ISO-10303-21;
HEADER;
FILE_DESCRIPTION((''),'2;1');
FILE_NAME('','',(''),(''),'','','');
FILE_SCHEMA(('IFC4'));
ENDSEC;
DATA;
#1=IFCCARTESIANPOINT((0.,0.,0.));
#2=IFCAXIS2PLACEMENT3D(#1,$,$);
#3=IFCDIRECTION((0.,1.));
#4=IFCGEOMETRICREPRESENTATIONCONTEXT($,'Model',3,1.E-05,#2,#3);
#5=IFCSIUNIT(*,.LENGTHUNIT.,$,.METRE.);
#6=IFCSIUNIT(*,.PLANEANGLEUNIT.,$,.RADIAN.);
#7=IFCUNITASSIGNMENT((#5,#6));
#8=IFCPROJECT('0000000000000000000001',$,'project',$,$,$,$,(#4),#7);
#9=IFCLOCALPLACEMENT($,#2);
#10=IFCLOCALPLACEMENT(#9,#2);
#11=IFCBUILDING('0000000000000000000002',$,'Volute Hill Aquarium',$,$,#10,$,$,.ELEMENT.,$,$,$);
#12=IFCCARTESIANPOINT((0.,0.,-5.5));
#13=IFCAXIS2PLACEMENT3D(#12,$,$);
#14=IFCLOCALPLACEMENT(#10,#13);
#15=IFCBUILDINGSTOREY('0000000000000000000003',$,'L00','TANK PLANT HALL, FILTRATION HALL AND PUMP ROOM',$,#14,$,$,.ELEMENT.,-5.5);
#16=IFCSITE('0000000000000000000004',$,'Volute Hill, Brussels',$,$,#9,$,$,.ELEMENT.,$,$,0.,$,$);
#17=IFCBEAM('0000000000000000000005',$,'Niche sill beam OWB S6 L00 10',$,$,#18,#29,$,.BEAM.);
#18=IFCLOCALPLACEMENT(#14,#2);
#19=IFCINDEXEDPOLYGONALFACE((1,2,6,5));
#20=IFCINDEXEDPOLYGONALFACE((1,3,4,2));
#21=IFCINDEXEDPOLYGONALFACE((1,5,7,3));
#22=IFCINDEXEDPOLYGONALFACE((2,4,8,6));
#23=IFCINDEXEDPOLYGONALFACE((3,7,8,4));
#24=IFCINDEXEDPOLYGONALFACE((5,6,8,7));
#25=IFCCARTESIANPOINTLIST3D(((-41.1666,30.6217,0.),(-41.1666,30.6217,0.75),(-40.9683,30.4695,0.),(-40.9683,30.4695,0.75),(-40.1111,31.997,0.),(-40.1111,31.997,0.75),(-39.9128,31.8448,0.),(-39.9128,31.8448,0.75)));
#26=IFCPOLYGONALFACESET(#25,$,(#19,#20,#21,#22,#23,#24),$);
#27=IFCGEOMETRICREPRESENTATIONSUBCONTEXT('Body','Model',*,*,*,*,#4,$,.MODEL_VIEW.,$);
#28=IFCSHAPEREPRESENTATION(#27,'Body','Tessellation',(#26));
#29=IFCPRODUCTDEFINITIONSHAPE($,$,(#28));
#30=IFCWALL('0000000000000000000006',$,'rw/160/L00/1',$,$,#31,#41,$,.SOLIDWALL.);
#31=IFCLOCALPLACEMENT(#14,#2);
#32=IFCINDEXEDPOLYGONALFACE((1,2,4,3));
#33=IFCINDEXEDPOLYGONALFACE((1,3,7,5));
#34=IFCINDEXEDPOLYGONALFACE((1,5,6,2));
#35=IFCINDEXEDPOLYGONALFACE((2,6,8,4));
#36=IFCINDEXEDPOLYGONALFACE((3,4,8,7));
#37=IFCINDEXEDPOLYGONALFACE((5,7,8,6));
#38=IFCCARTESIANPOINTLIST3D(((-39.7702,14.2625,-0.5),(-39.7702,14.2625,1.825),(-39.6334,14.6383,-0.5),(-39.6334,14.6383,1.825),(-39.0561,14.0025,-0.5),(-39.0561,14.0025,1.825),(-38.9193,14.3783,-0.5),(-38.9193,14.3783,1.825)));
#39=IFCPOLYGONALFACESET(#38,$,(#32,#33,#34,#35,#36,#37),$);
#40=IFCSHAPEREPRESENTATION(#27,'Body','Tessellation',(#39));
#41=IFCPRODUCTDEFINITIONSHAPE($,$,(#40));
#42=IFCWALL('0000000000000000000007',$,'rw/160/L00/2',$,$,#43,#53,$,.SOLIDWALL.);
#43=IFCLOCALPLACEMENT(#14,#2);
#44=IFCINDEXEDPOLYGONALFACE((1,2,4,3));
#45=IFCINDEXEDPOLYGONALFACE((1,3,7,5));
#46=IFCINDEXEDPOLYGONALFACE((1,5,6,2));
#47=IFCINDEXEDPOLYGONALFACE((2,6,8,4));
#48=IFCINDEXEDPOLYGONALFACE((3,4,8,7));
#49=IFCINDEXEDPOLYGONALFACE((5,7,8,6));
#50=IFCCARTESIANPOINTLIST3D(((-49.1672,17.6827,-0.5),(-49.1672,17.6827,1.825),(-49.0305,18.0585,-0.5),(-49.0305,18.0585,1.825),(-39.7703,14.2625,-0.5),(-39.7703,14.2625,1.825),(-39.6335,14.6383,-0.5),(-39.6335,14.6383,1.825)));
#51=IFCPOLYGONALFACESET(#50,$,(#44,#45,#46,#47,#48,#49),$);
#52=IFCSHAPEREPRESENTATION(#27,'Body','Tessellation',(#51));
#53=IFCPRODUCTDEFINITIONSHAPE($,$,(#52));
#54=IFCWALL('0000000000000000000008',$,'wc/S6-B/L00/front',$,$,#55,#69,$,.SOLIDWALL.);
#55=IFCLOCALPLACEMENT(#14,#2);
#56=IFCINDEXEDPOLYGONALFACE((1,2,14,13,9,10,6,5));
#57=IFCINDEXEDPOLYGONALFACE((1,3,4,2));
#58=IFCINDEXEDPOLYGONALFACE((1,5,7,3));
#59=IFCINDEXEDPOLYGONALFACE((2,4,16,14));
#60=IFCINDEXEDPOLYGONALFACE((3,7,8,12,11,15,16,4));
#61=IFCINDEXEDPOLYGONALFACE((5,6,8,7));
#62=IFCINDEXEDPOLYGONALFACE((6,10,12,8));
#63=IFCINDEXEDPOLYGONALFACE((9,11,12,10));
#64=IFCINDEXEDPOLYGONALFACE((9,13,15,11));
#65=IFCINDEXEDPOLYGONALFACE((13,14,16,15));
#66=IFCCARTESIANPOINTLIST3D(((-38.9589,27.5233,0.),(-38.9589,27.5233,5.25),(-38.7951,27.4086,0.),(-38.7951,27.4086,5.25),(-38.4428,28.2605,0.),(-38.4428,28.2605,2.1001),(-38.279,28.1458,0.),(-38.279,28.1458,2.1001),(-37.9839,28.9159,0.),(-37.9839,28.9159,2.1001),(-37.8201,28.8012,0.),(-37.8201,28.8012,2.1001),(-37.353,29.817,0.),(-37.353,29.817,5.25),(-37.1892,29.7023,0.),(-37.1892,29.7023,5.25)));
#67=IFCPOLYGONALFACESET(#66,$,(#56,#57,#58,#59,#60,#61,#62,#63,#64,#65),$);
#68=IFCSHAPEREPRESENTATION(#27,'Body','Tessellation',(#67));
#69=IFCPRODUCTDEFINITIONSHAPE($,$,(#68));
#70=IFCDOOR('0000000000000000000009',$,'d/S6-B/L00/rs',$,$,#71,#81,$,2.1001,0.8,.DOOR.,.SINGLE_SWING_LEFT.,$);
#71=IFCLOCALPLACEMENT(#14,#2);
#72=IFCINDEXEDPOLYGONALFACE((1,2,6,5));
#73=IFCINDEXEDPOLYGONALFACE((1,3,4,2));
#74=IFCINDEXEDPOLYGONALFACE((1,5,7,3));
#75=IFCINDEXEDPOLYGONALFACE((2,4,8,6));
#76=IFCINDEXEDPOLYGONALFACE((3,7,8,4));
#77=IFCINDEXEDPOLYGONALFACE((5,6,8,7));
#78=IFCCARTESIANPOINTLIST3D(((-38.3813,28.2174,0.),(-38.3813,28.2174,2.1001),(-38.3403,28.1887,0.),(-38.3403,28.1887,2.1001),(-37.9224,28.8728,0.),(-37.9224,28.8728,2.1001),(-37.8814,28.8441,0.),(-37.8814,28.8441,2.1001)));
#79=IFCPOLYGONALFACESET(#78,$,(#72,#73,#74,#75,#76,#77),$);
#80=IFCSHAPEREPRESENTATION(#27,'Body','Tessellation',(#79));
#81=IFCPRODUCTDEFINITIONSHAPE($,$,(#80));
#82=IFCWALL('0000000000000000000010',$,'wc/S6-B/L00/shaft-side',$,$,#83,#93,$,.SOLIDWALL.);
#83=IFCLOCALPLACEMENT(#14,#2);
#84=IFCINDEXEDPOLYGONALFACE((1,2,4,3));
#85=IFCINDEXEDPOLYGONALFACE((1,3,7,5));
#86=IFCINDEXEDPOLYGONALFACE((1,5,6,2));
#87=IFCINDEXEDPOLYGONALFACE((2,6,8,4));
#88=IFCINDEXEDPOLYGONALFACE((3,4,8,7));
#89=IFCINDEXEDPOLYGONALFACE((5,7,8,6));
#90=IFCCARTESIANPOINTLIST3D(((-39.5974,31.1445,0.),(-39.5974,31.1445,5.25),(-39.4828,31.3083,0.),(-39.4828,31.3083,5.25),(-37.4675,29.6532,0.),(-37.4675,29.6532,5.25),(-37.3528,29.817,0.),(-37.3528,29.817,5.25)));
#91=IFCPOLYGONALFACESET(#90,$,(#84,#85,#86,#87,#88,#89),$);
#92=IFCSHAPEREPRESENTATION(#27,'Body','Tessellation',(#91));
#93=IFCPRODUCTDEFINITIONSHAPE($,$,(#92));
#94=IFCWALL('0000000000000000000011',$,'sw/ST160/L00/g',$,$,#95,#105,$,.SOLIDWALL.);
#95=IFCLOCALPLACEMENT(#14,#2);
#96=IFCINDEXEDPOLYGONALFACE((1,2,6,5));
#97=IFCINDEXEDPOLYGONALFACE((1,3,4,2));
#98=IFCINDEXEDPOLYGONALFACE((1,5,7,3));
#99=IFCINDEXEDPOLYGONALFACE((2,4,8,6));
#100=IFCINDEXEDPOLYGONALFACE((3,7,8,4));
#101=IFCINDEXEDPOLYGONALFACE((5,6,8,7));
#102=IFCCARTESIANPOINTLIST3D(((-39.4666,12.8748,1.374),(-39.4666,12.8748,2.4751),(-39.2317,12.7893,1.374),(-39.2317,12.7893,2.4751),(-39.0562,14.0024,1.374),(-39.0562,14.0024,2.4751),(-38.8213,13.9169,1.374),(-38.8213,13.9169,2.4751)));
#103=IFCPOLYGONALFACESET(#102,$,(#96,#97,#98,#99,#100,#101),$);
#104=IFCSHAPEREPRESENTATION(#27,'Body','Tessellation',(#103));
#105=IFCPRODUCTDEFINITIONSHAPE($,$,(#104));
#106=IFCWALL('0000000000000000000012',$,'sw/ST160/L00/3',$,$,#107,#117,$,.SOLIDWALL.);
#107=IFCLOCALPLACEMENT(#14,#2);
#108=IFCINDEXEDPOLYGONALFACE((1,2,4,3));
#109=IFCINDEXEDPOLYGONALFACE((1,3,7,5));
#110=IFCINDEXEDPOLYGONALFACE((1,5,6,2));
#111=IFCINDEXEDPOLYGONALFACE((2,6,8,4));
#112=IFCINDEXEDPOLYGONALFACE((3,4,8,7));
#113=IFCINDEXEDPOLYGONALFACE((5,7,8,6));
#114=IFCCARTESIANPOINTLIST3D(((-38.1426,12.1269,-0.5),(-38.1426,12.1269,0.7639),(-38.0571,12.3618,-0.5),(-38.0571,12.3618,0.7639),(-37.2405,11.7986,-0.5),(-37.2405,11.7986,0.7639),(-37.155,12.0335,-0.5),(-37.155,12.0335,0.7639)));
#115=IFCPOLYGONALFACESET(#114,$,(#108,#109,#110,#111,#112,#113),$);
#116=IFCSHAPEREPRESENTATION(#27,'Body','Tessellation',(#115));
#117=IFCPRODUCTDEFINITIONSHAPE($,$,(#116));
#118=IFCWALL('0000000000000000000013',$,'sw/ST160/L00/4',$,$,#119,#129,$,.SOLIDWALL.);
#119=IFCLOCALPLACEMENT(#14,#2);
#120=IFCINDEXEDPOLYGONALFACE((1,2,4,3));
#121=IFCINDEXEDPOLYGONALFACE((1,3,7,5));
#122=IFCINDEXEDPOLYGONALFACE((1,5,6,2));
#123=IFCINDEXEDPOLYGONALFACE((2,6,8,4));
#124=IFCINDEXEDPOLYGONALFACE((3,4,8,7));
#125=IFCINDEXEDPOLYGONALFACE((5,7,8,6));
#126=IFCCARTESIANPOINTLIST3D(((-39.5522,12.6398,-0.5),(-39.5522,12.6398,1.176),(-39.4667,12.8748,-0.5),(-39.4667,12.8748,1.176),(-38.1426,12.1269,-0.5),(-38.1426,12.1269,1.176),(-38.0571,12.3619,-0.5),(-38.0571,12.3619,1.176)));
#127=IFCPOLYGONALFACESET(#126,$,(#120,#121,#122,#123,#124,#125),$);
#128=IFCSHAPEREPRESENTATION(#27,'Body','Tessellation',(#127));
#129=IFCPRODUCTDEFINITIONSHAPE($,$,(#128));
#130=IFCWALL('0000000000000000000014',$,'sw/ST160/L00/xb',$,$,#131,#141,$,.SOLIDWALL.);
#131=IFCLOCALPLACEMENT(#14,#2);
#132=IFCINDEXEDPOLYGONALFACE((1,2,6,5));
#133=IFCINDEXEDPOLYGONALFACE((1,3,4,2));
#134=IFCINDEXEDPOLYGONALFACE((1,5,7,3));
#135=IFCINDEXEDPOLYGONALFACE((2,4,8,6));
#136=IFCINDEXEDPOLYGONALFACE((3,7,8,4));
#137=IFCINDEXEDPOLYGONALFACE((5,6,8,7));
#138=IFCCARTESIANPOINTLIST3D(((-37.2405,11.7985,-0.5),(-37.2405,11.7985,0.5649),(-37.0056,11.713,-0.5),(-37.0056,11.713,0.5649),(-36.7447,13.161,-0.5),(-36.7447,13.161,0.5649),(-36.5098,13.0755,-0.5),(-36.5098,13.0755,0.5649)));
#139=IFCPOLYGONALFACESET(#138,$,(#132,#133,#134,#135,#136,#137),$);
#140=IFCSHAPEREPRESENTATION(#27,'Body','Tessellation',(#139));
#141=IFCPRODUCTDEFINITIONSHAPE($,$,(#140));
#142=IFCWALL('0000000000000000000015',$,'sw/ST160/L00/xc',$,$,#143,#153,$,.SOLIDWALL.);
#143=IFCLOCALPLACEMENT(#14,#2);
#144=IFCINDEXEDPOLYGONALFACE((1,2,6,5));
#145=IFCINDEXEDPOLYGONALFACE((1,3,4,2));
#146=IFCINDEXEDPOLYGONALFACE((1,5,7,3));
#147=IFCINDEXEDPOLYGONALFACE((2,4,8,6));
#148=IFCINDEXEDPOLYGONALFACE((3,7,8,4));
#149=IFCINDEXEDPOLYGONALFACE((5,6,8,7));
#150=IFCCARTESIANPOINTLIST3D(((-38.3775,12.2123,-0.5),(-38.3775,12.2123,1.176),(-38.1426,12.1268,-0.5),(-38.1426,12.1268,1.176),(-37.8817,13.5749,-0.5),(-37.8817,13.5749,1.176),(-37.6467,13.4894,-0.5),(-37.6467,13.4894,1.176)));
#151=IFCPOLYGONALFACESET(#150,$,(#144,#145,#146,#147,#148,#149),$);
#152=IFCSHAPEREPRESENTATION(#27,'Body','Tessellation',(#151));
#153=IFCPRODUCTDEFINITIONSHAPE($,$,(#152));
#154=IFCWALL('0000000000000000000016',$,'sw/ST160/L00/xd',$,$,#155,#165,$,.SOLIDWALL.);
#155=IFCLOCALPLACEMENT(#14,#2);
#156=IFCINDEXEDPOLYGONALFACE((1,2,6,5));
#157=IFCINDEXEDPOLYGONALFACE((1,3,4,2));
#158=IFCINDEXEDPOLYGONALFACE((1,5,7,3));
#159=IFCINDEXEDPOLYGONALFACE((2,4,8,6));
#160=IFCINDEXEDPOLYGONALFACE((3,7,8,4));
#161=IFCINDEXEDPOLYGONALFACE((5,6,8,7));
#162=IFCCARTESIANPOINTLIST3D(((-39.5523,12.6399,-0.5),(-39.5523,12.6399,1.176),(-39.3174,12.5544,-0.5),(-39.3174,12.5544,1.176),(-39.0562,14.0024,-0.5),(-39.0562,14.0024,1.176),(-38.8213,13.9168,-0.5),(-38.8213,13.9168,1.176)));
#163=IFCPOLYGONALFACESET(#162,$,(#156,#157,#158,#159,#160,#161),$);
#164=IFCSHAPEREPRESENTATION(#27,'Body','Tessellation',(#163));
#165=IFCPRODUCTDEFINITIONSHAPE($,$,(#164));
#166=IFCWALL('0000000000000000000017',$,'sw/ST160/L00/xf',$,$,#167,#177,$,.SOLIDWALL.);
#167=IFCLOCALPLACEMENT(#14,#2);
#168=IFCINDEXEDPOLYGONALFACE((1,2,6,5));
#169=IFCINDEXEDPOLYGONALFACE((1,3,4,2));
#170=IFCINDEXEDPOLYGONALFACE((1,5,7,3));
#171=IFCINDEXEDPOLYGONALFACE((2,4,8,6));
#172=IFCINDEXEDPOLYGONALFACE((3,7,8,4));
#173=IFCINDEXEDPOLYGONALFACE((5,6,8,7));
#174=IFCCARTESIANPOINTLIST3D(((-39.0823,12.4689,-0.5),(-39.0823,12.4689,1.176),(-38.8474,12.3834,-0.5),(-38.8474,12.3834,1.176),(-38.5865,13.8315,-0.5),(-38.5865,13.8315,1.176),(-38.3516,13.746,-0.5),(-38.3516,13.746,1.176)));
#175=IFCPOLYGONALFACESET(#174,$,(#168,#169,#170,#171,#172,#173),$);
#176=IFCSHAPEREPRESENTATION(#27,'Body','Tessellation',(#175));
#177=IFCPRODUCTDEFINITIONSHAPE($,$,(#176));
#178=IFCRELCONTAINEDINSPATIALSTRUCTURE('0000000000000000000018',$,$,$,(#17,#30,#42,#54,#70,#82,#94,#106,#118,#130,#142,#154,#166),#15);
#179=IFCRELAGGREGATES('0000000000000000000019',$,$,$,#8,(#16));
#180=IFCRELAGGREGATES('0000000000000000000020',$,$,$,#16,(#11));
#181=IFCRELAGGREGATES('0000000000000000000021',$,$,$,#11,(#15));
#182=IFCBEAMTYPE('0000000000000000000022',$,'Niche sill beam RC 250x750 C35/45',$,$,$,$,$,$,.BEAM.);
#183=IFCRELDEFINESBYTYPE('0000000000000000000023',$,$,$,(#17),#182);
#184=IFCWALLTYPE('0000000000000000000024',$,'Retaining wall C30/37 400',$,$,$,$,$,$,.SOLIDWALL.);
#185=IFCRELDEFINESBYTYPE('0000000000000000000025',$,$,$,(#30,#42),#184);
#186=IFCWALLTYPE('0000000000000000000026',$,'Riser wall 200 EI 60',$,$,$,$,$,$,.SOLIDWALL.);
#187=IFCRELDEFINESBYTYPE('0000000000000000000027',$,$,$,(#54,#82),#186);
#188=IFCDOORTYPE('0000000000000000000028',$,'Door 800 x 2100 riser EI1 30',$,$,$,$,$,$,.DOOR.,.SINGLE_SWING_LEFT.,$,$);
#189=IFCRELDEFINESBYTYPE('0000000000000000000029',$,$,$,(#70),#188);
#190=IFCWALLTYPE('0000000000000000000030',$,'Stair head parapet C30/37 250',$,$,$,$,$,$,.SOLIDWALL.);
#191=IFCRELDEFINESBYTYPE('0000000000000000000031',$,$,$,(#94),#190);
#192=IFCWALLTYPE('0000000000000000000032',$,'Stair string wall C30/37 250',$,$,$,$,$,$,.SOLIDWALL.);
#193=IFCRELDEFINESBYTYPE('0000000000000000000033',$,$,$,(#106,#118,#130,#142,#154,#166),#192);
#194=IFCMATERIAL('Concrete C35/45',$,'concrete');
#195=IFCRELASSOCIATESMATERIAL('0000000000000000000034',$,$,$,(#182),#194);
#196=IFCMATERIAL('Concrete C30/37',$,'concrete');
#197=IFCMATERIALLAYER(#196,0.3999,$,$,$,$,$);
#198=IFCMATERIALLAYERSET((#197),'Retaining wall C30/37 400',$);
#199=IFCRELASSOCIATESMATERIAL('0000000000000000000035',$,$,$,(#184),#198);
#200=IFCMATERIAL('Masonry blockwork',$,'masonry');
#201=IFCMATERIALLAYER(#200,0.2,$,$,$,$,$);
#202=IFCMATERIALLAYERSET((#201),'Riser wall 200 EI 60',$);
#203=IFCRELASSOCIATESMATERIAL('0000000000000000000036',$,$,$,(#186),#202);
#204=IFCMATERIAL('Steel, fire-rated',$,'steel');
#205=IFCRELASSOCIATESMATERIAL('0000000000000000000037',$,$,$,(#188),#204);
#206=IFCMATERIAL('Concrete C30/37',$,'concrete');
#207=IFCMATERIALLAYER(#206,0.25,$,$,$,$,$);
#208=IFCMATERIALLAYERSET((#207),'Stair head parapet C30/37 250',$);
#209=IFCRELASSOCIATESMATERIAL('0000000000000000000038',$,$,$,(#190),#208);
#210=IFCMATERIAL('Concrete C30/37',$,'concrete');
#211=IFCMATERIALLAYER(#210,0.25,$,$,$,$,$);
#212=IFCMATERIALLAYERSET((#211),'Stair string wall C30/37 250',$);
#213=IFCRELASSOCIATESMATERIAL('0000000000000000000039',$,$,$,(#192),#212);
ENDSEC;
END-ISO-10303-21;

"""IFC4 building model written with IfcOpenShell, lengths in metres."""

from ifc_helpers import new_model, si_unit, direction, frame, frame_2d, origin, origin_2d, place, context, subcontext, project, spatial, rectangle, extrude, material, layer, layer_set, material_profile, profile_set, type_object, element, fill, save


model = new_model("IFC4")

# Units and contexts
model_context = context("Model", 3, precision=1e-05, world=origin(), true_north=direction((0.0, 1.0)))
body_context = subcontext(model_context, "Body", "Model", "MODEL_VIEW")
ifc_project = project(units=[si_unit("LENGTHUNIT", "METRE"), si_unit("PLANEANGLEUNIT", "RADIAN")], contexts=[model_context])

# Site, building, storey
site_placement = place(None, origin())
site = spatial("IfcSite", under=ifc_project, at=site_placement, Name="Volute Hill, Brussels", CompositionType="ELEMENT", RefElevation=0.0)
building_placement = place(site_placement, origin())
building = spatial("IfcBuilding", under=site, at=building_placement, Name="Volute Hill Aquarium", CompositionType="ELEMENT")
storey_placement = place(building_placement, frame((0.0, 0.0, -5.5)))
storey = spatial("IfcBuildingStorey", under=building, at=storey_placement, Name="L00", Description="TANK PLANT HALL, FILTRATION HALL AND PUMP ROOM", CompositionType="ELEMENT", Elevation=-5.5)

# Beam
ifc_material_1 = material(Name="Concrete C35/45", Category="concrete")
ifc_material_profile_1 = material_profile(ifc_material_1, rectangle(XDim=0.25, YDim=0.75, at=origin_2d()), Name="RC beam 250x750")
ifc_profile_set_1 = profile_set([ifc_material_profile_1], Name="Concrete C35/45")
beam_type_1 = type_object("IfcBeamType", Name="Niche sill beam RC 250x750 C35/45", PredefinedType="BEAM", material=ifc_profile_set_1)
beam_1_placement = place(storey_placement, frame((-40.012, 31.9209, 0.375), z_axis=(-0.608819, -0.793309, 0.0), x_axis=(0.793309, -0.608819, 0.0)))
element("IfcBeam", 1, at=beam_1_placement, inside=storey, type_object=beam_type_1, Name="Niche sill beam OWB S6 L00 10", PredefinedType="BEAM", context=body_context, shape_type="SweptSolid", body=[
    extrude(rectangle(XDim=0.25, YDim=0.75, at=origin_2d()), origin(), (0.0, 0.0, 1.0), 1.7336),
])

# Walls
ifc_material_2 = material(Name="Concrete C30/37", Category="concrete")
ifc_layer_1 = layer(ifc_material_2, 0.3999)
ifc_layer_set_1 = layer_set([ifc_layer_1], Name="Retaining wall C30/37 400")
wall_type_1 = type_object("IfcWallType", Name="Retaining wall C30/37 400", PredefinedType="SOLIDWALL", material=ifc_layer_set_1)
wall_1_placement = place(storey_placement, frame((-38.9878, 14.1904, -0.5), z_axis=(0.0, 0.0, 1.0), x_axis=(-0.939653, 0.34213, 0.0)))
element("IfcWall", 2, at=wall_1_placement, inside=storey, type_object=wall_type_1, Name="rw/160/L00/1", PredefinedType="SOLIDWALL", context=body_context, shape_type="SweptSolid", body=[
    extrude(rectangle(XDim=0.76, YDim=0.3999, at=frame_2d((0.3799, 0.0))), origin(), (0.0, 0.0, 1.0), 2.325),
])
wall_2_placement = place(storey_placement, frame((-39.7019, 14.4504, -0.5), z_axis=(0.0, 0.0, 1.0), x_axis=(-0.939694, 0.342016, 0.0)))
element("IfcWall", 3, at=wall_2_placement, inside=storey, type_object=wall_type_1, Name="rw/160/L00/2", PredefinedType="SOLIDWALL", context=body_context, shape_type="SweptSolid", body=[
    extrude(rectangle(XDim=10.0, YDim=0.3999, at=frame_2d((5.0, 0.0))), origin(), (0.0, 0.0, 1.0), 2.325),
])

# Wall, opening, door
ifc_material_3 = material(Name="Masonry blockwork", Category="masonry")
ifc_layer_2 = layer(ifc_material_3, 0.2)
ifc_layer_set_2 = layer_set([ifc_layer_2], Name="Riser wall 200 EI 60")
wall_type_2 = type_object("IfcWallType", Name="Riser wall 200 EI 60", PredefinedType="SOLIDWALL", material=ifc_layer_set_2)
wall_3_placement = place(storey_placement, frame((-38.877, 27.4661, 0.0), z_axis=(0.0, 0.0, 1.0), x_axis=(0.57355, 0.81917, 0.0)))
wall_3 = element("IfcWall", 4, at=wall_3_placement, inside=storey, type_object=wall_type_2, Name="wc/S6-B/L00/front", PredefinedType="SOLIDWALL", context=body_context, shape_type="SweptSolid", body=[
    extrude(rectangle(XDim=2.8, YDim=0.2, at=frame_2d((1.3999, 0.0))), origin(), (0.0, 0.0, 1.0), 5.25),
])
opening_placement = place(wall_3_placement, frame((0.8999, 0.0, 0.0)))
opening = element("IfcOpeningElement", 5, at=opening_placement, cuts=wall_3, PredefinedType="OPENING", context=body_context, shape_type="SweptSolid", body=[
    extrude(rectangle(XDim=0.8, YDim=2.1001, at=frame_2d((0.3999, 1.05))), frame((0.0, 0.1099, 0.0), z_axis=(0.0, -1.0, 0.0), x_axis=(1.0, 0.0, 0.0)), (0.0, 0.0, 1.0), 0.22),
])
ifc_material_4 = material(Name="Steel, fire-rated", Category="steel")
door_type = type_object("IfcDoorType", Name="Door 800 x 2100 riser EI1 30", OperationType="SINGLE_SWING_LEFT", PredefinedType="DOOR", material=ifc_material_4)
door_placement = place(opening_placement, origin())
door = element("IfcDoor", 6, at=door_placement, inside=storey, type_object=door_type, Name="d/S6-B/L00/rs", OperationType="SINGLE_SWING_LEFT", OverallHeight=2.1001, OverallWidth=0.8, PredefinedType="DOOR", context=body_context, shape_type="SweptSolid", body=[
    extrude(rectangle(XDim=0.8, YDim=2.1001, at=frame_2d((0.3999, 1.05))), frame((0.0, 0.0249, 0.0), z_axis=(0.0, -1.0, 0.0), x_axis=(1.0, 0.0, 0.0)), (0.0, 0.0, 1.0), 0.05),
])
fill(opening, door)

# Walls
wall_4_placement = place(storey_placement, frame((-37.4102, 29.7351, 0.0), z_axis=(0.0, 0.0, 1.0), x_axis=(-0.819179, 0.573538, 0.0)))
element("IfcWall", 7, at=wall_4_placement, inside=storey, type_object=wall_type_2, Name="wc/S6-B/L00/shaft-side", PredefinedType="SOLIDWALL", context=body_context, shape_type="SweptSolid", body=[
    extrude(rectangle(XDim=2.6001, YDim=0.2, at=frame_2d((1.3, 0.0))), origin(), (0.0, 0.0, 1.0), 5.25),
])
ifc_material_5 = material(Name="Concrete C30/37", Category="concrete")
ifc_layer_3 = layer(ifc_material_5, 0.25)
ifc_layer_set_3 = layer_set([ifc_layer_3], Name="Stair head parapet C30/37 250")
wall_type_3 = type_object("IfcWallType", Name="Stair head parapet C30/37 250", PredefinedType="SOLIDWALL", material=ifc_layer_set_3)
wall_5_placement = place(storey_placement, frame((-38.9387, 13.9597, 1.374), z_axis=(0.0, 0.0, 1.0), x_axis=(-0.341988, -0.939704, 0.0)))
element("IfcWall", 8, at=wall_5_placement, inside=storey, type_object=wall_type_3, Name="sw/ST160/L00/g", PredefinedType="SOLIDWALL", context=body_context, shape_type="SweptSolid", body=[
    extrude(rectangle(XDim=1.2, YDim=0.25, at=frame_2d((0.6001, 0.0))), origin(), (0.0, 0.0, 1.0), 1.1011),
])
ifc_material_6 = material(Name="Concrete C30/37", Category="concrete")
ifc_layer_4 = layer(ifc_material_6, 0.25)
ifc_layer_set_4 = layer_set([ifc_layer_4], Name="Stair string wall C30/37 250")
wall_type_4 = type_object("IfcWallType", Name="Stair string wall C30/37 250", PredefinedType="SOLIDWALL", material=ifc_layer_set_4)
wall_6_placement = place(storey_placement, frame((-37.1978, 11.916, -0.5), z_axis=(0.0, 0.0, 1.0), x_axis=(-0.939682, 0.342049, 0.0)))
element("IfcWall", 9, at=wall_6_placement, inside=storey, type_object=wall_type_4, Name="sw/ST160/L00/3", PredefinedType="SOLIDWALL", context=body_context, shape_type="SweptSolid", body=[
    extrude(rectangle(XDim=0.96, YDim=0.25, at=frame_2d((0.48, 0.0))), origin(), (0.0, 0.0, 1.0), 1.2639),
])
wall_7_placement = place(storey_placement, frame((-38.0999, 12.2444, -0.5), z_axis=(0.0, 0.0, 1.0), x_axis=(-0.939722, 0.341939, 0.0)))
element("IfcWall", 10, at=wall_7_placement, inside=storey, type_object=wall_type_4, Name="sw/ST160/L00/4", PredefinedType="SOLIDWALL", context=body_context, shape_type="SweptSolid", body=[
    extrude(rectangle(XDim=1.5, YDim=0.25, at=frame_2d((0.75, 0.0))), origin(), (0.0, 0.0, 1.0), 1.676),
])
wall_8_placement = place(storey_placement, frame((-36.6272, 13.1184, -0.5), z_axis=(0.0, 0.0, 1.0), x_axis=(-0.341973, -0.93971, 0.0)))
element("IfcWall", 11, at=wall_8_placement, inside=storey, type_object=wall_type_4, Name="sw/ST160/L00/xb", PredefinedType="SOLIDWALL", context=body_context, shape_type="SweptSolid", body=[
    extrude(rectangle(XDim=1.45, YDim=0.25, at=frame_2d((0.7251, 0.0))), origin(), (0.0, 0.0, 1.0), 1.0649),
])
for number, where, z_axis, x_axis, name in (
    (12, (-37.7642, 13.5322, -0.5), (0.0, 0.0, 1.0), (-0.341973, -0.93971, 0.0), "sw/ST160/L00/xc"),
    (13, (-38.9387, 13.9597, -0.5), (0.0, 0.0, 1.0), (-0.342122, -0.939656, 0.0), "sw/ST160/L00/xd"),
    (14, (-38.469, 13.7888, -0.5), (0.0, 0.0, 1.0), (-0.341973, -0.93971, 0.0), "sw/ST160/L00/xf"),
):
    element("IfcWall", number, at=place(storey_placement, frame(where, z_axis=z_axis, x_axis=x_axis)), inside=storey, type_object=wall_type_4, Name=name, PredefinedType="SOLIDWALL", context=body_context, shape_type="SweptSolid", body=[
        extrude(rectangle(XDim=1.45, YDim=0.25, at=frame_2d((0.7251, 0.0))), origin(), (0.0, 0.0, 1.0), 1.676),
    ])

save(model, "model.ifc")
